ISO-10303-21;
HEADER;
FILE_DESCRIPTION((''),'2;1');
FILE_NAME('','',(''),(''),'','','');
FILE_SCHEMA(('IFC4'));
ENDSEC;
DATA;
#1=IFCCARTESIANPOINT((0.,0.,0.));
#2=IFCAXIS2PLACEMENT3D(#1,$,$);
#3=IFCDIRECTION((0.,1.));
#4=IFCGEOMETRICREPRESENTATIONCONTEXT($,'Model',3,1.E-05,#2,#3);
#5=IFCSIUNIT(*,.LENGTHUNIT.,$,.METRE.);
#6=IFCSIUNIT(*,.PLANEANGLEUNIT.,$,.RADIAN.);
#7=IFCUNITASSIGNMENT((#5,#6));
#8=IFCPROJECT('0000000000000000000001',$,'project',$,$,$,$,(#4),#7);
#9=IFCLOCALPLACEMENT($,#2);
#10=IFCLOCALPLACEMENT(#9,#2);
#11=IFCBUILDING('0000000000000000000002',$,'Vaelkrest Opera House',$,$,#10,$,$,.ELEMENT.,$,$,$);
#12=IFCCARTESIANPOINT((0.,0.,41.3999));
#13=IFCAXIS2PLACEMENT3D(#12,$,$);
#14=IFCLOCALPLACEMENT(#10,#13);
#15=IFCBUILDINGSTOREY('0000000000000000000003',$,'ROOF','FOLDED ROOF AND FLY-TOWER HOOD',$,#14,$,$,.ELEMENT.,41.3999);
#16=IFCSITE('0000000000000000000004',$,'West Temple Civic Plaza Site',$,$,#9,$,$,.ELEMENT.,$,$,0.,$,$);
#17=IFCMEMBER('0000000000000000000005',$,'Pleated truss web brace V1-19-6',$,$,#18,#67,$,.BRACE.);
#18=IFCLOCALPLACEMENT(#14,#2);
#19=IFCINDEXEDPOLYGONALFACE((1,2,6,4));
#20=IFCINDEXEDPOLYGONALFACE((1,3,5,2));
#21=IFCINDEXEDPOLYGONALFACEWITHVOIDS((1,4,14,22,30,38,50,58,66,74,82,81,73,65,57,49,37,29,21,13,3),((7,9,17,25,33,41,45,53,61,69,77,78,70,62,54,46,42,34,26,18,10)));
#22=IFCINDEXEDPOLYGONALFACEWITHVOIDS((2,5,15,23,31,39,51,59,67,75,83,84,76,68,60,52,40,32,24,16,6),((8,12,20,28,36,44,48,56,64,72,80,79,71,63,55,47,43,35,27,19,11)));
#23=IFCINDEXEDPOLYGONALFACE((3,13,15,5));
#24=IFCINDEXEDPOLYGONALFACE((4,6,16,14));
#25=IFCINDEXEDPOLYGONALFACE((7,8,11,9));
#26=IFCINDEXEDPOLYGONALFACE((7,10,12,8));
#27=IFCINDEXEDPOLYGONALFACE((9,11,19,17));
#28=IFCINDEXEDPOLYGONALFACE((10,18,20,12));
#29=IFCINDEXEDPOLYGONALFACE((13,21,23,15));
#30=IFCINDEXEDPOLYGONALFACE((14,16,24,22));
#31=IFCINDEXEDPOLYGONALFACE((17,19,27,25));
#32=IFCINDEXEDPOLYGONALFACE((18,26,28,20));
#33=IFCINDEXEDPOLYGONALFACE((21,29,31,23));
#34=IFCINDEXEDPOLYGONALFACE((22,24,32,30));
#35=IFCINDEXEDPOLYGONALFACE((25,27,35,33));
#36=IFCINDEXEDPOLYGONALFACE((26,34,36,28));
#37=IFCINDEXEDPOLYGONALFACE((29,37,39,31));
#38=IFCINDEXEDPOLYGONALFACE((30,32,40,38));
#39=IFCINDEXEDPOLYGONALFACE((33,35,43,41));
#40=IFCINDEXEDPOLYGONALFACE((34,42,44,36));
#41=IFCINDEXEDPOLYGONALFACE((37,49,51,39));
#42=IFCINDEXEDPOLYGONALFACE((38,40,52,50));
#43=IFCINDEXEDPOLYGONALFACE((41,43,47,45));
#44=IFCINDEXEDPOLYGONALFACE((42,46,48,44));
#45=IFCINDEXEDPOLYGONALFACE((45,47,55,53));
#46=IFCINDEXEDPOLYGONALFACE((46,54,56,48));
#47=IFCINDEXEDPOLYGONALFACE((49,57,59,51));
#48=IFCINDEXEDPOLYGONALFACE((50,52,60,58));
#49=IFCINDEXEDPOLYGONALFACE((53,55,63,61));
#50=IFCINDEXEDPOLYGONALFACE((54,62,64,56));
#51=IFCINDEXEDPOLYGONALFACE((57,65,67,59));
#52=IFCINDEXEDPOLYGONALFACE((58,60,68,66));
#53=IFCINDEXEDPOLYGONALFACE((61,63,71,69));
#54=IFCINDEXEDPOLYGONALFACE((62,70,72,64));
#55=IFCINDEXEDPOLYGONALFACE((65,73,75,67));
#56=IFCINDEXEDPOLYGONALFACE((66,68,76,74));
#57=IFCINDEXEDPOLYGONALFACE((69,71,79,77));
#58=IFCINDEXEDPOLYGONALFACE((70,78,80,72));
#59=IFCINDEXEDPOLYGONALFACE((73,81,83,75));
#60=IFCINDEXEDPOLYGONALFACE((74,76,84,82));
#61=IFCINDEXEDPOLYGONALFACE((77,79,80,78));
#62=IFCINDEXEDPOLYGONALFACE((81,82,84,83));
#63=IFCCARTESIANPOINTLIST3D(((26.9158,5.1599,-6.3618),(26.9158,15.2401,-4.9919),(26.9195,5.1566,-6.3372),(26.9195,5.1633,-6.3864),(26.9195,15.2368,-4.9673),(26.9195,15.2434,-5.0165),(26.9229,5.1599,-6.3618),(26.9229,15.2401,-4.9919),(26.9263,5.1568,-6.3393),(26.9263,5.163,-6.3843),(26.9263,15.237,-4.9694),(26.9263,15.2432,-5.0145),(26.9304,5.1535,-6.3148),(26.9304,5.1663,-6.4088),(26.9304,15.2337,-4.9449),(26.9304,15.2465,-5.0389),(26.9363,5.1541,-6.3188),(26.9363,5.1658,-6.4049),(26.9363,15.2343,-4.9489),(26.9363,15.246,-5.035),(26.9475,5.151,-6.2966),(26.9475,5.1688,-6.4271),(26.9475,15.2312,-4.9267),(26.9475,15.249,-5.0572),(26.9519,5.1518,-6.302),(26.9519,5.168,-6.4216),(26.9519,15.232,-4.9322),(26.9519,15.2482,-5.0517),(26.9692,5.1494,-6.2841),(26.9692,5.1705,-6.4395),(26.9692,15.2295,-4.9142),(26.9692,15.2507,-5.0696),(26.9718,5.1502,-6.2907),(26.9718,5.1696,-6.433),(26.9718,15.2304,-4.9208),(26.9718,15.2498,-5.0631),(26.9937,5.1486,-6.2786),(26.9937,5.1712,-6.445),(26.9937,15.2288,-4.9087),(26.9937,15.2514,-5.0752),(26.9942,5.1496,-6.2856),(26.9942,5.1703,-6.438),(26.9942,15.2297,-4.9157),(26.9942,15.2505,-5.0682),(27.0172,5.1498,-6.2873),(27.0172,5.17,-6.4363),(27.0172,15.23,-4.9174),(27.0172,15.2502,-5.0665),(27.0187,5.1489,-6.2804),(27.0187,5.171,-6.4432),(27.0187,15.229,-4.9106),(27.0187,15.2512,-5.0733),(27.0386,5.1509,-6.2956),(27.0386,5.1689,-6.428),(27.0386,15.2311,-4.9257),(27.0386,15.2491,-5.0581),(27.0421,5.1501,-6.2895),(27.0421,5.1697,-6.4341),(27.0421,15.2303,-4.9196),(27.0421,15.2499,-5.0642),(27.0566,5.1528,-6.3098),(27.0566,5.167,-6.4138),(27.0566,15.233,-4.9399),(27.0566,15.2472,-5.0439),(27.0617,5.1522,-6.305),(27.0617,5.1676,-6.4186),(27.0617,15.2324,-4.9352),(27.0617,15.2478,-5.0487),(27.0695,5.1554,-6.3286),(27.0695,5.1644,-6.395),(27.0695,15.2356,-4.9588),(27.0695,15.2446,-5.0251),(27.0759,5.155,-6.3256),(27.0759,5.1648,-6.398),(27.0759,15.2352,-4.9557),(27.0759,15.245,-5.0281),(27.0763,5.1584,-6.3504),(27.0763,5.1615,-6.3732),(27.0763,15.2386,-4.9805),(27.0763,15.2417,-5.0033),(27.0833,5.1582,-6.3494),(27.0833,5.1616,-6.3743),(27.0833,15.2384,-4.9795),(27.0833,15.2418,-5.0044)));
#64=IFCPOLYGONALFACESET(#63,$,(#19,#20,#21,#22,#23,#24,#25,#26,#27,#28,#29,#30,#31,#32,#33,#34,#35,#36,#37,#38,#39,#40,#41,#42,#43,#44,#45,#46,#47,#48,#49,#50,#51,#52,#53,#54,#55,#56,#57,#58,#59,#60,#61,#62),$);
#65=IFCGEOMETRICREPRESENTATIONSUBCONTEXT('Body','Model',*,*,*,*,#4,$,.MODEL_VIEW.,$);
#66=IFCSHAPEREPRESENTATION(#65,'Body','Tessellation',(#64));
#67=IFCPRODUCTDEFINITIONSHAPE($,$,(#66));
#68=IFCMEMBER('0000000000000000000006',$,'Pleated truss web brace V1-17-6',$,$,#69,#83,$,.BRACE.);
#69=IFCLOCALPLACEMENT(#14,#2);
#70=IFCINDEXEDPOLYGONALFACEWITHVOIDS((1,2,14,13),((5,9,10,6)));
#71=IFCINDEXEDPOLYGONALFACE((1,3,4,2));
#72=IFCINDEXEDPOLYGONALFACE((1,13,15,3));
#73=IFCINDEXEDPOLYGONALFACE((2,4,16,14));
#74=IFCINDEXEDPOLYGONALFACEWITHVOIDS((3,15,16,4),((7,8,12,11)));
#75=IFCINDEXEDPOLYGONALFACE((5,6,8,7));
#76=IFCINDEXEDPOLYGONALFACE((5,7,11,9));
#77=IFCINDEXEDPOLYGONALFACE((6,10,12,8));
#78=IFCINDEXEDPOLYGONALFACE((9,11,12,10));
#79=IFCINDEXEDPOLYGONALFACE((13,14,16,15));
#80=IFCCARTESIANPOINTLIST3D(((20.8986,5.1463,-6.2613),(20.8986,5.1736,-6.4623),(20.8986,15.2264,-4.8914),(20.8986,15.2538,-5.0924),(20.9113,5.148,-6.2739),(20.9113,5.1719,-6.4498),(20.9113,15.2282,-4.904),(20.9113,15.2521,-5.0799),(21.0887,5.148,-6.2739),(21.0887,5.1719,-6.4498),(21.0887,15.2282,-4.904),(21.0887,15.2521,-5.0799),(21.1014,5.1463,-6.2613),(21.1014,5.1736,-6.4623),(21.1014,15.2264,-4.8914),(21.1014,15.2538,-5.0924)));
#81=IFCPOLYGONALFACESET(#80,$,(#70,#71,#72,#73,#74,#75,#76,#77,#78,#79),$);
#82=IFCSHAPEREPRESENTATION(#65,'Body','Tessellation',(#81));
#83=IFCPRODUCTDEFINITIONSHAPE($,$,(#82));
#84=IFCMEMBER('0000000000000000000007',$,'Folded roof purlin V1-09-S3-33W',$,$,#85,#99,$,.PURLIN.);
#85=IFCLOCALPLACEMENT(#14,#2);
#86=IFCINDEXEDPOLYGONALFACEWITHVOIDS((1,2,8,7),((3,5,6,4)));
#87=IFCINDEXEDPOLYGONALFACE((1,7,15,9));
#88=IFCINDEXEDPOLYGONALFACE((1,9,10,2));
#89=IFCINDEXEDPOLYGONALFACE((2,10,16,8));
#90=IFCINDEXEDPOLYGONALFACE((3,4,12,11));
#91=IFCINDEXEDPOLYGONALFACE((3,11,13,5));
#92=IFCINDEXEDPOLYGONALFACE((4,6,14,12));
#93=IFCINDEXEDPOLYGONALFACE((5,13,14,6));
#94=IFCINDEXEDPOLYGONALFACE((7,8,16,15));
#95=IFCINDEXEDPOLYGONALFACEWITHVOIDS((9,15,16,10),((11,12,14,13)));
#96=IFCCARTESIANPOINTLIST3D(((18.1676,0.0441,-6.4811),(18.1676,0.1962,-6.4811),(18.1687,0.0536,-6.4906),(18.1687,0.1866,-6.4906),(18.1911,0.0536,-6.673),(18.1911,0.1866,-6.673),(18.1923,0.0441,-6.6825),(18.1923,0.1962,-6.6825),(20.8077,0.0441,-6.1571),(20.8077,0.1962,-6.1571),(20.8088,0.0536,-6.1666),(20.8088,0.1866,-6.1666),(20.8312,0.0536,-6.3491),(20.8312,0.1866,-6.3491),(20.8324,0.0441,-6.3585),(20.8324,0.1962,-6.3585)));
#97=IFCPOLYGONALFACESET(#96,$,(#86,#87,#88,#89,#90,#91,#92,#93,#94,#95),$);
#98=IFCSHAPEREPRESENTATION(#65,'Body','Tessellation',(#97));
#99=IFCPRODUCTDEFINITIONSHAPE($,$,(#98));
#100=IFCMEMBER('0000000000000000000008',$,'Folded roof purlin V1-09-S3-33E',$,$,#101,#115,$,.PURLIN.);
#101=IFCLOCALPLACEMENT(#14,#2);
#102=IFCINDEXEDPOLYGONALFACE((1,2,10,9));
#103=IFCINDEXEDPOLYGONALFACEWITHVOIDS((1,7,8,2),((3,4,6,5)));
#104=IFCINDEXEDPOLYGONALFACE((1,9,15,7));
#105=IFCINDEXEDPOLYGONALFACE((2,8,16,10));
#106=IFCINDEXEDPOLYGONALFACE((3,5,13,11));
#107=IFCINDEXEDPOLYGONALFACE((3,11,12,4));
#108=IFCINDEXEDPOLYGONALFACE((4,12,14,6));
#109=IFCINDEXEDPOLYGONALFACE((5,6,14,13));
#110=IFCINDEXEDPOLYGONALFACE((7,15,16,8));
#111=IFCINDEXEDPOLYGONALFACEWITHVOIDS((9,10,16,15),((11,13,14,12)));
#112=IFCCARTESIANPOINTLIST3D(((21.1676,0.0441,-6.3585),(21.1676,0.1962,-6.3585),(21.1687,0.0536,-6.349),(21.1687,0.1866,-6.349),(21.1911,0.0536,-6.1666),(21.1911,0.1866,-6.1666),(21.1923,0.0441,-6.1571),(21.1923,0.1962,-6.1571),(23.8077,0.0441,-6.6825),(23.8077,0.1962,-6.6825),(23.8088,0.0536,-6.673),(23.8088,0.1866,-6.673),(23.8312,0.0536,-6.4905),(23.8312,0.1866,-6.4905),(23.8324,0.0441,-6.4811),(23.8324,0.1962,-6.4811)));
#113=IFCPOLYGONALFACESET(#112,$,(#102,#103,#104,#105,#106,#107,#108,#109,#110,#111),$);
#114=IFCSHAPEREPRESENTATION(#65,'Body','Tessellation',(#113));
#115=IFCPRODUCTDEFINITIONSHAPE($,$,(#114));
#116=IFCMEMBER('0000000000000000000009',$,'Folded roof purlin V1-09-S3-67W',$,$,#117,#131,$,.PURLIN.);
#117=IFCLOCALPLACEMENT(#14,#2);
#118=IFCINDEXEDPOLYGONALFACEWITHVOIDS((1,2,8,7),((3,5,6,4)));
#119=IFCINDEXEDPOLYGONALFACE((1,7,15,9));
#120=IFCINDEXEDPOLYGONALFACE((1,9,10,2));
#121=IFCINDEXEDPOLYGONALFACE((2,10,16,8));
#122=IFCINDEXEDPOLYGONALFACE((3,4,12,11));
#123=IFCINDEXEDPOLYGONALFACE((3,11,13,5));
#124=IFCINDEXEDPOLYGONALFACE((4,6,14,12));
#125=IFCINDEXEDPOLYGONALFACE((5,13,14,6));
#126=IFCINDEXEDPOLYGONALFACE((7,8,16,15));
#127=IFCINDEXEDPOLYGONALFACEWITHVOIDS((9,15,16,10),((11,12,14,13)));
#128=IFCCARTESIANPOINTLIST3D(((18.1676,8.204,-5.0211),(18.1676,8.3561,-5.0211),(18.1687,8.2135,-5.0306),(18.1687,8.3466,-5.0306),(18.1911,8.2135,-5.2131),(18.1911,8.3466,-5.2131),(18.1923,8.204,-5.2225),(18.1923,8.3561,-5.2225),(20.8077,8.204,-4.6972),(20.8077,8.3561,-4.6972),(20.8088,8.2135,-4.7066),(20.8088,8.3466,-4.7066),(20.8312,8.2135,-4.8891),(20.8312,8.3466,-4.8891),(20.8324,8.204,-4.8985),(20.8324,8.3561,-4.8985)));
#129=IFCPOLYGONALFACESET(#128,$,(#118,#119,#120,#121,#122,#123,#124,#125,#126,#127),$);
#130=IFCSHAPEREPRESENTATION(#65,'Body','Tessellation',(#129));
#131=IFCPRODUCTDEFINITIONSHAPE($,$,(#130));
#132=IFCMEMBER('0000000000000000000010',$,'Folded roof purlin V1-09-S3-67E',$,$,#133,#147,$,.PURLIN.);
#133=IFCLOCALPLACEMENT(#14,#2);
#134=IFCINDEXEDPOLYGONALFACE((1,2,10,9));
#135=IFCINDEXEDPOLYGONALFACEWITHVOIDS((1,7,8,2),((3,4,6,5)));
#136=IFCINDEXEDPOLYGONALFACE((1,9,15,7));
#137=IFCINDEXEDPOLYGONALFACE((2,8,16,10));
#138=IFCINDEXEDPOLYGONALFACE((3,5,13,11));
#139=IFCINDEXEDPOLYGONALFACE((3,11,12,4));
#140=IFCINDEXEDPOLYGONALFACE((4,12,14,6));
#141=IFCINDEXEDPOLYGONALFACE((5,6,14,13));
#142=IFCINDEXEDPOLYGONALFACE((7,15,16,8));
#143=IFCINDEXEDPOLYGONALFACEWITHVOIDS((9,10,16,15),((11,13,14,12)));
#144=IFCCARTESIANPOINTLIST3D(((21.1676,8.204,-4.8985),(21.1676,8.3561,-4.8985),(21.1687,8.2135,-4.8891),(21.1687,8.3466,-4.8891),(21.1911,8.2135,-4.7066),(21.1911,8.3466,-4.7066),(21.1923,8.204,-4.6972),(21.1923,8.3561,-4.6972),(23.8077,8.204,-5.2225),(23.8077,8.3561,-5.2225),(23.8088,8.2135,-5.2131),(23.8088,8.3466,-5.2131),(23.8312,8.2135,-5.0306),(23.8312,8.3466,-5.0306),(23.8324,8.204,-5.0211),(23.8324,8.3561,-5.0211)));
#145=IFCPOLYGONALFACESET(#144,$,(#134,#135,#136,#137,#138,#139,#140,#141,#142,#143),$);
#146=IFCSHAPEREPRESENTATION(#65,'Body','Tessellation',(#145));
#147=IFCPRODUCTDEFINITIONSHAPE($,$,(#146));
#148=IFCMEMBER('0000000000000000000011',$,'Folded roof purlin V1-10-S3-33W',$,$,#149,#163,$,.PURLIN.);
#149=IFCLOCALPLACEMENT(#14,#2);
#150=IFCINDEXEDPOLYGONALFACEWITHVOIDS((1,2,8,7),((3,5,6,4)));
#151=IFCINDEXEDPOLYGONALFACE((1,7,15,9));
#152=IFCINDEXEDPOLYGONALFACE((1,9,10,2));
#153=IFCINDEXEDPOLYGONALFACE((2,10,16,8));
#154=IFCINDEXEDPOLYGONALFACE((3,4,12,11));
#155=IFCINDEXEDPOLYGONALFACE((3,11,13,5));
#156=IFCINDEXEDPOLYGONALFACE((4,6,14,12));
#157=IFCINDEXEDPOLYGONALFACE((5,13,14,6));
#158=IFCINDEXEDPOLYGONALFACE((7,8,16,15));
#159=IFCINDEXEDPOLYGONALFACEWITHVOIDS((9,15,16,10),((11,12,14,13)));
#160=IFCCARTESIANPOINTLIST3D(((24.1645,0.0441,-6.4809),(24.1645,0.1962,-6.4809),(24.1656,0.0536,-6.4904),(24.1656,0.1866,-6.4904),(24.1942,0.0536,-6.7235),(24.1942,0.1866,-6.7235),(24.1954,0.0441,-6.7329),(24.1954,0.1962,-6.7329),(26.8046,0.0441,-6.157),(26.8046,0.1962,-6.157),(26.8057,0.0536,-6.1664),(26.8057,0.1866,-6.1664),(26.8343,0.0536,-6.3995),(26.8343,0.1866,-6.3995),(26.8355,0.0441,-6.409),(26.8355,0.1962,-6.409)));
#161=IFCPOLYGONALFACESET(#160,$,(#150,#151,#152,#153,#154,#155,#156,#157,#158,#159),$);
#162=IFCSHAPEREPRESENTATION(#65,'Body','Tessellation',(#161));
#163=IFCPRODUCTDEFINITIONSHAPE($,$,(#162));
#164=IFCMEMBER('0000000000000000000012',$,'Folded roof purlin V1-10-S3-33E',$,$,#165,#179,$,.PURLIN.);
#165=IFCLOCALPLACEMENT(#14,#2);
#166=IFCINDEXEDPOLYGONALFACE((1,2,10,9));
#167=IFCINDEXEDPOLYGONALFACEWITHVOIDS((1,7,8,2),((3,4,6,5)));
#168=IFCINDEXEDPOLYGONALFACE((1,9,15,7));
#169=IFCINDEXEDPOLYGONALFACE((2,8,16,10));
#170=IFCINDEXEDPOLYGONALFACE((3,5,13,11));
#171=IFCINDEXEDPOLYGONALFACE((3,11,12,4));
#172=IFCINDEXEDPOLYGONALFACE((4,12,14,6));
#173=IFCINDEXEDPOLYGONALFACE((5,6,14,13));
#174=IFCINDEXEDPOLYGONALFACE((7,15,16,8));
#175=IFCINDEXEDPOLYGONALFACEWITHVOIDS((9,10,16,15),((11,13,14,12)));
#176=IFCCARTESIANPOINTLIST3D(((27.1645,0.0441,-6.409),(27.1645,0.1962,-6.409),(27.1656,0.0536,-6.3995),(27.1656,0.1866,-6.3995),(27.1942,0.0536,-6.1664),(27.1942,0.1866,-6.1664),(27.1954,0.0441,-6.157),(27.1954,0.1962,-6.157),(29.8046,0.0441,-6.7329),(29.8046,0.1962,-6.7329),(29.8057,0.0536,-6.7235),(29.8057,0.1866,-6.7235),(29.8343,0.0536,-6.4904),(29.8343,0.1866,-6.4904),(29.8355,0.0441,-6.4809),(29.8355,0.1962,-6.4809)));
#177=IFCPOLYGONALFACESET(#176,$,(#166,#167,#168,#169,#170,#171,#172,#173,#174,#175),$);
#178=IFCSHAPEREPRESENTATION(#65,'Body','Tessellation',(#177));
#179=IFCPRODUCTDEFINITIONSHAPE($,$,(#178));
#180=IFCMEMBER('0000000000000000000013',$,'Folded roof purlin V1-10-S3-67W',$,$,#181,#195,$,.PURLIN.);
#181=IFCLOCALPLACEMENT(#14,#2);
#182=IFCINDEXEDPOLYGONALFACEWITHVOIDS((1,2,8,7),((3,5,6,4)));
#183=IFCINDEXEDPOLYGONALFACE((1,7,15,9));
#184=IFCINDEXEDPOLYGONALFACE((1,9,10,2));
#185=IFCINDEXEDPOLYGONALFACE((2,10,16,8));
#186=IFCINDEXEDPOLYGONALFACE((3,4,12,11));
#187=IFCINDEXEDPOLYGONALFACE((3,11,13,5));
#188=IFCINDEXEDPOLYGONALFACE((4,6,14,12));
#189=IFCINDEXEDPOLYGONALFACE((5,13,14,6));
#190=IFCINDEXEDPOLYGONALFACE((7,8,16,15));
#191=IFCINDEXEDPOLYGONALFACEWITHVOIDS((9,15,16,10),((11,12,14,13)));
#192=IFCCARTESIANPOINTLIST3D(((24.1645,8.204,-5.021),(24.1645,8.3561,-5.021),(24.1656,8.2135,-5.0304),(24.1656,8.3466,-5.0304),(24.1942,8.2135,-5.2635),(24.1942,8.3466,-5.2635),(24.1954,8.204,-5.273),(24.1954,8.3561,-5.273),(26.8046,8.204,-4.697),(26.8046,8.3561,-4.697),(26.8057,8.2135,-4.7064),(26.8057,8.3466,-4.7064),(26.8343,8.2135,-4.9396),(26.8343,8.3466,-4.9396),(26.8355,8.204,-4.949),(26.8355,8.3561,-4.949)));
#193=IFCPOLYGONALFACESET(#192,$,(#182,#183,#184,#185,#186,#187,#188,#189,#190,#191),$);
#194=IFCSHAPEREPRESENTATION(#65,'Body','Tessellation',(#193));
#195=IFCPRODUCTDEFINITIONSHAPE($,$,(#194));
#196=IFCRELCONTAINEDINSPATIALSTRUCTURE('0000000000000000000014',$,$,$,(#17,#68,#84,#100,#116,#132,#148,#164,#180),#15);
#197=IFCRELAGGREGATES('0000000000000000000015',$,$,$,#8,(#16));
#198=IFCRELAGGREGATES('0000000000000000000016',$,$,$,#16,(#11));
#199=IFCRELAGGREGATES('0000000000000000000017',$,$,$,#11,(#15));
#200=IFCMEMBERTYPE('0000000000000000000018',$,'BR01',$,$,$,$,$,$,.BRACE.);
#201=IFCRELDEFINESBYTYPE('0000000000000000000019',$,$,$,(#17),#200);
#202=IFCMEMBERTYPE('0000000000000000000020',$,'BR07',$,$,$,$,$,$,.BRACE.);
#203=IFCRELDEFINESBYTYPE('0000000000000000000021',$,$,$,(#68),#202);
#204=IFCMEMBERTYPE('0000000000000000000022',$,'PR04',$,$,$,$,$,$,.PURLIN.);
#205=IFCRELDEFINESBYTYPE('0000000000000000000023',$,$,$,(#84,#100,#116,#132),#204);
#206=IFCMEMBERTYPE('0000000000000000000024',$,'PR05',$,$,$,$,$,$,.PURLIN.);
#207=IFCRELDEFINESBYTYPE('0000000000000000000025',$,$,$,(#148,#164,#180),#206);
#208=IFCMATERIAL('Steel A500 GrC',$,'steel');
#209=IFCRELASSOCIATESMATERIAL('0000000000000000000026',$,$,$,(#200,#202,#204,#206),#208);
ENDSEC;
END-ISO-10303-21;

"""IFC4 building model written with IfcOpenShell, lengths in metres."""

from ifc_helpers import new_model, si_unit, direction, frame, origin, origin_2d, place, context, subcontext, project, spatial, hollow_rectangle, hollow_circle, extrude, material, material_profile, profile_set, type_object, element, save


model = new_model("IFC4")

# Units and contexts
model_context = context("Model", 3, precision=1e-05, world=origin(), true_north=direction((0.0, 1.0)))
body_context = subcontext(model_context, "Body", "Model", "MODEL_VIEW")
ifc_project = project(units=[si_unit("LENGTHUNIT", "METRE"), si_unit("PLANEANGLEUNIT", "RADIAN")], contexts=[model_context])

# Site, building, storey
site_placement = place(None, origin())
site = spatial("IfcSite", under=ifc_project, at=site_placement, Name="West Temple Civic Plaza Site", CompositionType="ELEMENT", RefElevation=0.0)
building_placement = place(site_placement, origin())
building = spatial("IfcBuilding", under=site, at=building_placement, Name="Vaelkrest Opera House", CompositionType="ELEMENT")
storey_placement = place(building_placement, frame((0.0, 0.0, 41.3999)))
storey = spatial("IfcBuildingStorey", under=building, at=storey_placement, Name="ROOF", Description="FOLDED ROOF AND FLY-TOWER HOOD", CompositionType="ELEMENT", Elevation=41.3999)

# Members
ifc_material_1 = material(Name="Steel A500 GrC", Category="steel")
ifc_material_profile_1 = material_profile(ifc_material_1, hollow_circle(Radius=0.0842, WallThickness=0.0071, at=origin_2d()), Name="HSS168.3X7.1")
ifc_profile_set_1 = profile_set([ifc_material_profile_1], Name="Steel A500 GrC")
member_type_1 = type_object("IfcMemberType", Name="BR01", PredefinedType="BRACE", material=ifc_profile_set_1)
member_1_placement = place(storey_placement, frame((27.0, 5.1599, -6.3618), z_axis=(0.0, 0.990892, 0.134661), x_axis=(-1.0, 0.0, 0.0)))
element("IfcMember", 1, at=member_1_placement, inside=storey, type_object=member_type_1, Name="Pleated truss web brace V1-19-6", PredefinedType="BRACE", context=body_context, shape_type="SweptSolid", body=[
    extrude(hollow_circle(Radius=0.0842, WallThickness=0.0071, at=origin_2d()), origin(), (0.0, 0.0, 1.0), 10.1729),
])
ifc_material_profile_2 = material_profile(ifc_material_1, hollow_rectangle(XDim=0.2029, YDim=0.2029, WallThickness=0.0127, at=origin_2d()), Name="HSS203X203X12.7")
ifc_profile_set_2 = profile_set([ifc_material_profile_2], Name="Steel A500 GrC")
member_type_2 = type_object("IfcMemberType", Name="BR07", PredefinedType="BRACE", material=ifc_profile_set_2)
member_2_placement = place(storey_placement, frame((21.0, 5.1599, -6.3618), z_axis=(0.0, 0.990892, 0.134661), x_axis=(-1.0, 0.0, 0.0)))
element("IfcMember", 2, at=member_2_placement, inside=storey, type_object=member_type_2, Name="Pleated truss web brace V1-17-6", PredefinedType="BRACE", context=body_context, shape_type="SweptSolid", body=[
    extrude(hollow_rectangle(XDim=0.2029, YDim=0.2029, WallThickness=0.0127, at=origin_2d()), origin(), (0.0, 0.0, 1.0), 10.1729),
])
ifc_material_profile_3 = material_profile(ifc_material_1, hollow_rectangle(XDim=0.1521, YDim=0.2029, WallThickness=0.0095, at=origin_2d()), Name="HSS203X152X9.5")
ifc_profile_set_3 = profile_set([ifc_material_profile_3], Name="Steel A500 GrC")
member_type_3 = type_object("IfcMemberType", Name="PR04", PredefinedType="PURLIN", material=ifc_profile_set_3)
for number, where, z_axis, x_axis, name in (
    (3, (18.1799, 0.1201, -6.5818), (0.992555, 0.0, 0.121798), (0.0, 1.0, 0.0), "Folded roof purlin V1-09-S3-33W"),
    (4, (21.1799, 0.1201, -6.2578), (0.992555, 0.0, -0.121798), (0.0, 1.0, 0.0), "Folded roof purlin V1-09-S3-33E"),
    (5, (18.1799, 8.28, -5.1218), (0.992555, 0.0, 0.121798), (0.0, 1.0, 0.0), "Folded roof purlin V1-09-S3-67W"),
    (6, (21.1799, 8.28, -4.7979), (0.992555, 0.0, -0.121798), (0.0, 1.0, 0.0), "Folded roof purlin V1-09-S3-67E"),
):
    element("IfcMember", number, at=place(storey_placement, frame(where, z_axis=z_axis, x_axis=x_axis)), inside=storey, type_object=member_type_3, Name=name, PredefinedType="PURLIN", context=body_context, shape_type="SweptSolid", body=[
        extrude(hollow_rectangle(XDim=0.1521, YDim=0.2029, WallThickness=0.0095, at=origin_2d()), origin(), (0.0, 0.0, 1.0), 2.6599),
    ])
ifc_material_profile_4 = material_profile(ifc_material_1, hollow_rectangle(XDim=0.1521, YDim=0.2539, WallThickness=0.0095, at=origin_2d()), Name="HSS254X152X9.5")
ifc_profile_set_4 = profile_set([ifc_material_profile_4], Name="Steel A500 GrC")
member_type_4 = type_object("IfcMemberType", Name="PR05", PredefinedType="PURLIN", material=ifc_profile_set_4)
for number, where, z_axis, x_axis, name in (
    (7, (24.1799, 0.1201, -6.6069), (0.992555, 0.0, 0.121798), (0.0, 1.0, 0.0), "Folded roof purlin V1-10-S3-33W"),
    (8, (27.1799, 0.1201, -6.283), (0.992555, 0.0, -0.121798), (0.0, 1.0, 0.0), "Folded roof purlin V1-10-S3-33E"),
    (9, (24.1799, 8.28, -5.147), (0.992555, 0.0, 0.121798), (0.0, 1.0, 0.0), "Folded roof purlin V1-10-S3-67W"),
):
    element("IfcMember", number, at=place(storey_placement, frame(where, z_axis=z_axis, x_axis=x_axis)), inside=storey, type_object=member_type_4, Name=name, PredefinedType="PURLIN", context=body_context, shape_type="SweptSolid", body=[
        extrude(hollow_rectangle(XDim=0.1521, YDim=0.2539, WallThickness=0.0095, at=origin_2d()), origin(), (0.0, 0.0, 1.0), 2.6599),
    ])

save(model, "model.ifc")
